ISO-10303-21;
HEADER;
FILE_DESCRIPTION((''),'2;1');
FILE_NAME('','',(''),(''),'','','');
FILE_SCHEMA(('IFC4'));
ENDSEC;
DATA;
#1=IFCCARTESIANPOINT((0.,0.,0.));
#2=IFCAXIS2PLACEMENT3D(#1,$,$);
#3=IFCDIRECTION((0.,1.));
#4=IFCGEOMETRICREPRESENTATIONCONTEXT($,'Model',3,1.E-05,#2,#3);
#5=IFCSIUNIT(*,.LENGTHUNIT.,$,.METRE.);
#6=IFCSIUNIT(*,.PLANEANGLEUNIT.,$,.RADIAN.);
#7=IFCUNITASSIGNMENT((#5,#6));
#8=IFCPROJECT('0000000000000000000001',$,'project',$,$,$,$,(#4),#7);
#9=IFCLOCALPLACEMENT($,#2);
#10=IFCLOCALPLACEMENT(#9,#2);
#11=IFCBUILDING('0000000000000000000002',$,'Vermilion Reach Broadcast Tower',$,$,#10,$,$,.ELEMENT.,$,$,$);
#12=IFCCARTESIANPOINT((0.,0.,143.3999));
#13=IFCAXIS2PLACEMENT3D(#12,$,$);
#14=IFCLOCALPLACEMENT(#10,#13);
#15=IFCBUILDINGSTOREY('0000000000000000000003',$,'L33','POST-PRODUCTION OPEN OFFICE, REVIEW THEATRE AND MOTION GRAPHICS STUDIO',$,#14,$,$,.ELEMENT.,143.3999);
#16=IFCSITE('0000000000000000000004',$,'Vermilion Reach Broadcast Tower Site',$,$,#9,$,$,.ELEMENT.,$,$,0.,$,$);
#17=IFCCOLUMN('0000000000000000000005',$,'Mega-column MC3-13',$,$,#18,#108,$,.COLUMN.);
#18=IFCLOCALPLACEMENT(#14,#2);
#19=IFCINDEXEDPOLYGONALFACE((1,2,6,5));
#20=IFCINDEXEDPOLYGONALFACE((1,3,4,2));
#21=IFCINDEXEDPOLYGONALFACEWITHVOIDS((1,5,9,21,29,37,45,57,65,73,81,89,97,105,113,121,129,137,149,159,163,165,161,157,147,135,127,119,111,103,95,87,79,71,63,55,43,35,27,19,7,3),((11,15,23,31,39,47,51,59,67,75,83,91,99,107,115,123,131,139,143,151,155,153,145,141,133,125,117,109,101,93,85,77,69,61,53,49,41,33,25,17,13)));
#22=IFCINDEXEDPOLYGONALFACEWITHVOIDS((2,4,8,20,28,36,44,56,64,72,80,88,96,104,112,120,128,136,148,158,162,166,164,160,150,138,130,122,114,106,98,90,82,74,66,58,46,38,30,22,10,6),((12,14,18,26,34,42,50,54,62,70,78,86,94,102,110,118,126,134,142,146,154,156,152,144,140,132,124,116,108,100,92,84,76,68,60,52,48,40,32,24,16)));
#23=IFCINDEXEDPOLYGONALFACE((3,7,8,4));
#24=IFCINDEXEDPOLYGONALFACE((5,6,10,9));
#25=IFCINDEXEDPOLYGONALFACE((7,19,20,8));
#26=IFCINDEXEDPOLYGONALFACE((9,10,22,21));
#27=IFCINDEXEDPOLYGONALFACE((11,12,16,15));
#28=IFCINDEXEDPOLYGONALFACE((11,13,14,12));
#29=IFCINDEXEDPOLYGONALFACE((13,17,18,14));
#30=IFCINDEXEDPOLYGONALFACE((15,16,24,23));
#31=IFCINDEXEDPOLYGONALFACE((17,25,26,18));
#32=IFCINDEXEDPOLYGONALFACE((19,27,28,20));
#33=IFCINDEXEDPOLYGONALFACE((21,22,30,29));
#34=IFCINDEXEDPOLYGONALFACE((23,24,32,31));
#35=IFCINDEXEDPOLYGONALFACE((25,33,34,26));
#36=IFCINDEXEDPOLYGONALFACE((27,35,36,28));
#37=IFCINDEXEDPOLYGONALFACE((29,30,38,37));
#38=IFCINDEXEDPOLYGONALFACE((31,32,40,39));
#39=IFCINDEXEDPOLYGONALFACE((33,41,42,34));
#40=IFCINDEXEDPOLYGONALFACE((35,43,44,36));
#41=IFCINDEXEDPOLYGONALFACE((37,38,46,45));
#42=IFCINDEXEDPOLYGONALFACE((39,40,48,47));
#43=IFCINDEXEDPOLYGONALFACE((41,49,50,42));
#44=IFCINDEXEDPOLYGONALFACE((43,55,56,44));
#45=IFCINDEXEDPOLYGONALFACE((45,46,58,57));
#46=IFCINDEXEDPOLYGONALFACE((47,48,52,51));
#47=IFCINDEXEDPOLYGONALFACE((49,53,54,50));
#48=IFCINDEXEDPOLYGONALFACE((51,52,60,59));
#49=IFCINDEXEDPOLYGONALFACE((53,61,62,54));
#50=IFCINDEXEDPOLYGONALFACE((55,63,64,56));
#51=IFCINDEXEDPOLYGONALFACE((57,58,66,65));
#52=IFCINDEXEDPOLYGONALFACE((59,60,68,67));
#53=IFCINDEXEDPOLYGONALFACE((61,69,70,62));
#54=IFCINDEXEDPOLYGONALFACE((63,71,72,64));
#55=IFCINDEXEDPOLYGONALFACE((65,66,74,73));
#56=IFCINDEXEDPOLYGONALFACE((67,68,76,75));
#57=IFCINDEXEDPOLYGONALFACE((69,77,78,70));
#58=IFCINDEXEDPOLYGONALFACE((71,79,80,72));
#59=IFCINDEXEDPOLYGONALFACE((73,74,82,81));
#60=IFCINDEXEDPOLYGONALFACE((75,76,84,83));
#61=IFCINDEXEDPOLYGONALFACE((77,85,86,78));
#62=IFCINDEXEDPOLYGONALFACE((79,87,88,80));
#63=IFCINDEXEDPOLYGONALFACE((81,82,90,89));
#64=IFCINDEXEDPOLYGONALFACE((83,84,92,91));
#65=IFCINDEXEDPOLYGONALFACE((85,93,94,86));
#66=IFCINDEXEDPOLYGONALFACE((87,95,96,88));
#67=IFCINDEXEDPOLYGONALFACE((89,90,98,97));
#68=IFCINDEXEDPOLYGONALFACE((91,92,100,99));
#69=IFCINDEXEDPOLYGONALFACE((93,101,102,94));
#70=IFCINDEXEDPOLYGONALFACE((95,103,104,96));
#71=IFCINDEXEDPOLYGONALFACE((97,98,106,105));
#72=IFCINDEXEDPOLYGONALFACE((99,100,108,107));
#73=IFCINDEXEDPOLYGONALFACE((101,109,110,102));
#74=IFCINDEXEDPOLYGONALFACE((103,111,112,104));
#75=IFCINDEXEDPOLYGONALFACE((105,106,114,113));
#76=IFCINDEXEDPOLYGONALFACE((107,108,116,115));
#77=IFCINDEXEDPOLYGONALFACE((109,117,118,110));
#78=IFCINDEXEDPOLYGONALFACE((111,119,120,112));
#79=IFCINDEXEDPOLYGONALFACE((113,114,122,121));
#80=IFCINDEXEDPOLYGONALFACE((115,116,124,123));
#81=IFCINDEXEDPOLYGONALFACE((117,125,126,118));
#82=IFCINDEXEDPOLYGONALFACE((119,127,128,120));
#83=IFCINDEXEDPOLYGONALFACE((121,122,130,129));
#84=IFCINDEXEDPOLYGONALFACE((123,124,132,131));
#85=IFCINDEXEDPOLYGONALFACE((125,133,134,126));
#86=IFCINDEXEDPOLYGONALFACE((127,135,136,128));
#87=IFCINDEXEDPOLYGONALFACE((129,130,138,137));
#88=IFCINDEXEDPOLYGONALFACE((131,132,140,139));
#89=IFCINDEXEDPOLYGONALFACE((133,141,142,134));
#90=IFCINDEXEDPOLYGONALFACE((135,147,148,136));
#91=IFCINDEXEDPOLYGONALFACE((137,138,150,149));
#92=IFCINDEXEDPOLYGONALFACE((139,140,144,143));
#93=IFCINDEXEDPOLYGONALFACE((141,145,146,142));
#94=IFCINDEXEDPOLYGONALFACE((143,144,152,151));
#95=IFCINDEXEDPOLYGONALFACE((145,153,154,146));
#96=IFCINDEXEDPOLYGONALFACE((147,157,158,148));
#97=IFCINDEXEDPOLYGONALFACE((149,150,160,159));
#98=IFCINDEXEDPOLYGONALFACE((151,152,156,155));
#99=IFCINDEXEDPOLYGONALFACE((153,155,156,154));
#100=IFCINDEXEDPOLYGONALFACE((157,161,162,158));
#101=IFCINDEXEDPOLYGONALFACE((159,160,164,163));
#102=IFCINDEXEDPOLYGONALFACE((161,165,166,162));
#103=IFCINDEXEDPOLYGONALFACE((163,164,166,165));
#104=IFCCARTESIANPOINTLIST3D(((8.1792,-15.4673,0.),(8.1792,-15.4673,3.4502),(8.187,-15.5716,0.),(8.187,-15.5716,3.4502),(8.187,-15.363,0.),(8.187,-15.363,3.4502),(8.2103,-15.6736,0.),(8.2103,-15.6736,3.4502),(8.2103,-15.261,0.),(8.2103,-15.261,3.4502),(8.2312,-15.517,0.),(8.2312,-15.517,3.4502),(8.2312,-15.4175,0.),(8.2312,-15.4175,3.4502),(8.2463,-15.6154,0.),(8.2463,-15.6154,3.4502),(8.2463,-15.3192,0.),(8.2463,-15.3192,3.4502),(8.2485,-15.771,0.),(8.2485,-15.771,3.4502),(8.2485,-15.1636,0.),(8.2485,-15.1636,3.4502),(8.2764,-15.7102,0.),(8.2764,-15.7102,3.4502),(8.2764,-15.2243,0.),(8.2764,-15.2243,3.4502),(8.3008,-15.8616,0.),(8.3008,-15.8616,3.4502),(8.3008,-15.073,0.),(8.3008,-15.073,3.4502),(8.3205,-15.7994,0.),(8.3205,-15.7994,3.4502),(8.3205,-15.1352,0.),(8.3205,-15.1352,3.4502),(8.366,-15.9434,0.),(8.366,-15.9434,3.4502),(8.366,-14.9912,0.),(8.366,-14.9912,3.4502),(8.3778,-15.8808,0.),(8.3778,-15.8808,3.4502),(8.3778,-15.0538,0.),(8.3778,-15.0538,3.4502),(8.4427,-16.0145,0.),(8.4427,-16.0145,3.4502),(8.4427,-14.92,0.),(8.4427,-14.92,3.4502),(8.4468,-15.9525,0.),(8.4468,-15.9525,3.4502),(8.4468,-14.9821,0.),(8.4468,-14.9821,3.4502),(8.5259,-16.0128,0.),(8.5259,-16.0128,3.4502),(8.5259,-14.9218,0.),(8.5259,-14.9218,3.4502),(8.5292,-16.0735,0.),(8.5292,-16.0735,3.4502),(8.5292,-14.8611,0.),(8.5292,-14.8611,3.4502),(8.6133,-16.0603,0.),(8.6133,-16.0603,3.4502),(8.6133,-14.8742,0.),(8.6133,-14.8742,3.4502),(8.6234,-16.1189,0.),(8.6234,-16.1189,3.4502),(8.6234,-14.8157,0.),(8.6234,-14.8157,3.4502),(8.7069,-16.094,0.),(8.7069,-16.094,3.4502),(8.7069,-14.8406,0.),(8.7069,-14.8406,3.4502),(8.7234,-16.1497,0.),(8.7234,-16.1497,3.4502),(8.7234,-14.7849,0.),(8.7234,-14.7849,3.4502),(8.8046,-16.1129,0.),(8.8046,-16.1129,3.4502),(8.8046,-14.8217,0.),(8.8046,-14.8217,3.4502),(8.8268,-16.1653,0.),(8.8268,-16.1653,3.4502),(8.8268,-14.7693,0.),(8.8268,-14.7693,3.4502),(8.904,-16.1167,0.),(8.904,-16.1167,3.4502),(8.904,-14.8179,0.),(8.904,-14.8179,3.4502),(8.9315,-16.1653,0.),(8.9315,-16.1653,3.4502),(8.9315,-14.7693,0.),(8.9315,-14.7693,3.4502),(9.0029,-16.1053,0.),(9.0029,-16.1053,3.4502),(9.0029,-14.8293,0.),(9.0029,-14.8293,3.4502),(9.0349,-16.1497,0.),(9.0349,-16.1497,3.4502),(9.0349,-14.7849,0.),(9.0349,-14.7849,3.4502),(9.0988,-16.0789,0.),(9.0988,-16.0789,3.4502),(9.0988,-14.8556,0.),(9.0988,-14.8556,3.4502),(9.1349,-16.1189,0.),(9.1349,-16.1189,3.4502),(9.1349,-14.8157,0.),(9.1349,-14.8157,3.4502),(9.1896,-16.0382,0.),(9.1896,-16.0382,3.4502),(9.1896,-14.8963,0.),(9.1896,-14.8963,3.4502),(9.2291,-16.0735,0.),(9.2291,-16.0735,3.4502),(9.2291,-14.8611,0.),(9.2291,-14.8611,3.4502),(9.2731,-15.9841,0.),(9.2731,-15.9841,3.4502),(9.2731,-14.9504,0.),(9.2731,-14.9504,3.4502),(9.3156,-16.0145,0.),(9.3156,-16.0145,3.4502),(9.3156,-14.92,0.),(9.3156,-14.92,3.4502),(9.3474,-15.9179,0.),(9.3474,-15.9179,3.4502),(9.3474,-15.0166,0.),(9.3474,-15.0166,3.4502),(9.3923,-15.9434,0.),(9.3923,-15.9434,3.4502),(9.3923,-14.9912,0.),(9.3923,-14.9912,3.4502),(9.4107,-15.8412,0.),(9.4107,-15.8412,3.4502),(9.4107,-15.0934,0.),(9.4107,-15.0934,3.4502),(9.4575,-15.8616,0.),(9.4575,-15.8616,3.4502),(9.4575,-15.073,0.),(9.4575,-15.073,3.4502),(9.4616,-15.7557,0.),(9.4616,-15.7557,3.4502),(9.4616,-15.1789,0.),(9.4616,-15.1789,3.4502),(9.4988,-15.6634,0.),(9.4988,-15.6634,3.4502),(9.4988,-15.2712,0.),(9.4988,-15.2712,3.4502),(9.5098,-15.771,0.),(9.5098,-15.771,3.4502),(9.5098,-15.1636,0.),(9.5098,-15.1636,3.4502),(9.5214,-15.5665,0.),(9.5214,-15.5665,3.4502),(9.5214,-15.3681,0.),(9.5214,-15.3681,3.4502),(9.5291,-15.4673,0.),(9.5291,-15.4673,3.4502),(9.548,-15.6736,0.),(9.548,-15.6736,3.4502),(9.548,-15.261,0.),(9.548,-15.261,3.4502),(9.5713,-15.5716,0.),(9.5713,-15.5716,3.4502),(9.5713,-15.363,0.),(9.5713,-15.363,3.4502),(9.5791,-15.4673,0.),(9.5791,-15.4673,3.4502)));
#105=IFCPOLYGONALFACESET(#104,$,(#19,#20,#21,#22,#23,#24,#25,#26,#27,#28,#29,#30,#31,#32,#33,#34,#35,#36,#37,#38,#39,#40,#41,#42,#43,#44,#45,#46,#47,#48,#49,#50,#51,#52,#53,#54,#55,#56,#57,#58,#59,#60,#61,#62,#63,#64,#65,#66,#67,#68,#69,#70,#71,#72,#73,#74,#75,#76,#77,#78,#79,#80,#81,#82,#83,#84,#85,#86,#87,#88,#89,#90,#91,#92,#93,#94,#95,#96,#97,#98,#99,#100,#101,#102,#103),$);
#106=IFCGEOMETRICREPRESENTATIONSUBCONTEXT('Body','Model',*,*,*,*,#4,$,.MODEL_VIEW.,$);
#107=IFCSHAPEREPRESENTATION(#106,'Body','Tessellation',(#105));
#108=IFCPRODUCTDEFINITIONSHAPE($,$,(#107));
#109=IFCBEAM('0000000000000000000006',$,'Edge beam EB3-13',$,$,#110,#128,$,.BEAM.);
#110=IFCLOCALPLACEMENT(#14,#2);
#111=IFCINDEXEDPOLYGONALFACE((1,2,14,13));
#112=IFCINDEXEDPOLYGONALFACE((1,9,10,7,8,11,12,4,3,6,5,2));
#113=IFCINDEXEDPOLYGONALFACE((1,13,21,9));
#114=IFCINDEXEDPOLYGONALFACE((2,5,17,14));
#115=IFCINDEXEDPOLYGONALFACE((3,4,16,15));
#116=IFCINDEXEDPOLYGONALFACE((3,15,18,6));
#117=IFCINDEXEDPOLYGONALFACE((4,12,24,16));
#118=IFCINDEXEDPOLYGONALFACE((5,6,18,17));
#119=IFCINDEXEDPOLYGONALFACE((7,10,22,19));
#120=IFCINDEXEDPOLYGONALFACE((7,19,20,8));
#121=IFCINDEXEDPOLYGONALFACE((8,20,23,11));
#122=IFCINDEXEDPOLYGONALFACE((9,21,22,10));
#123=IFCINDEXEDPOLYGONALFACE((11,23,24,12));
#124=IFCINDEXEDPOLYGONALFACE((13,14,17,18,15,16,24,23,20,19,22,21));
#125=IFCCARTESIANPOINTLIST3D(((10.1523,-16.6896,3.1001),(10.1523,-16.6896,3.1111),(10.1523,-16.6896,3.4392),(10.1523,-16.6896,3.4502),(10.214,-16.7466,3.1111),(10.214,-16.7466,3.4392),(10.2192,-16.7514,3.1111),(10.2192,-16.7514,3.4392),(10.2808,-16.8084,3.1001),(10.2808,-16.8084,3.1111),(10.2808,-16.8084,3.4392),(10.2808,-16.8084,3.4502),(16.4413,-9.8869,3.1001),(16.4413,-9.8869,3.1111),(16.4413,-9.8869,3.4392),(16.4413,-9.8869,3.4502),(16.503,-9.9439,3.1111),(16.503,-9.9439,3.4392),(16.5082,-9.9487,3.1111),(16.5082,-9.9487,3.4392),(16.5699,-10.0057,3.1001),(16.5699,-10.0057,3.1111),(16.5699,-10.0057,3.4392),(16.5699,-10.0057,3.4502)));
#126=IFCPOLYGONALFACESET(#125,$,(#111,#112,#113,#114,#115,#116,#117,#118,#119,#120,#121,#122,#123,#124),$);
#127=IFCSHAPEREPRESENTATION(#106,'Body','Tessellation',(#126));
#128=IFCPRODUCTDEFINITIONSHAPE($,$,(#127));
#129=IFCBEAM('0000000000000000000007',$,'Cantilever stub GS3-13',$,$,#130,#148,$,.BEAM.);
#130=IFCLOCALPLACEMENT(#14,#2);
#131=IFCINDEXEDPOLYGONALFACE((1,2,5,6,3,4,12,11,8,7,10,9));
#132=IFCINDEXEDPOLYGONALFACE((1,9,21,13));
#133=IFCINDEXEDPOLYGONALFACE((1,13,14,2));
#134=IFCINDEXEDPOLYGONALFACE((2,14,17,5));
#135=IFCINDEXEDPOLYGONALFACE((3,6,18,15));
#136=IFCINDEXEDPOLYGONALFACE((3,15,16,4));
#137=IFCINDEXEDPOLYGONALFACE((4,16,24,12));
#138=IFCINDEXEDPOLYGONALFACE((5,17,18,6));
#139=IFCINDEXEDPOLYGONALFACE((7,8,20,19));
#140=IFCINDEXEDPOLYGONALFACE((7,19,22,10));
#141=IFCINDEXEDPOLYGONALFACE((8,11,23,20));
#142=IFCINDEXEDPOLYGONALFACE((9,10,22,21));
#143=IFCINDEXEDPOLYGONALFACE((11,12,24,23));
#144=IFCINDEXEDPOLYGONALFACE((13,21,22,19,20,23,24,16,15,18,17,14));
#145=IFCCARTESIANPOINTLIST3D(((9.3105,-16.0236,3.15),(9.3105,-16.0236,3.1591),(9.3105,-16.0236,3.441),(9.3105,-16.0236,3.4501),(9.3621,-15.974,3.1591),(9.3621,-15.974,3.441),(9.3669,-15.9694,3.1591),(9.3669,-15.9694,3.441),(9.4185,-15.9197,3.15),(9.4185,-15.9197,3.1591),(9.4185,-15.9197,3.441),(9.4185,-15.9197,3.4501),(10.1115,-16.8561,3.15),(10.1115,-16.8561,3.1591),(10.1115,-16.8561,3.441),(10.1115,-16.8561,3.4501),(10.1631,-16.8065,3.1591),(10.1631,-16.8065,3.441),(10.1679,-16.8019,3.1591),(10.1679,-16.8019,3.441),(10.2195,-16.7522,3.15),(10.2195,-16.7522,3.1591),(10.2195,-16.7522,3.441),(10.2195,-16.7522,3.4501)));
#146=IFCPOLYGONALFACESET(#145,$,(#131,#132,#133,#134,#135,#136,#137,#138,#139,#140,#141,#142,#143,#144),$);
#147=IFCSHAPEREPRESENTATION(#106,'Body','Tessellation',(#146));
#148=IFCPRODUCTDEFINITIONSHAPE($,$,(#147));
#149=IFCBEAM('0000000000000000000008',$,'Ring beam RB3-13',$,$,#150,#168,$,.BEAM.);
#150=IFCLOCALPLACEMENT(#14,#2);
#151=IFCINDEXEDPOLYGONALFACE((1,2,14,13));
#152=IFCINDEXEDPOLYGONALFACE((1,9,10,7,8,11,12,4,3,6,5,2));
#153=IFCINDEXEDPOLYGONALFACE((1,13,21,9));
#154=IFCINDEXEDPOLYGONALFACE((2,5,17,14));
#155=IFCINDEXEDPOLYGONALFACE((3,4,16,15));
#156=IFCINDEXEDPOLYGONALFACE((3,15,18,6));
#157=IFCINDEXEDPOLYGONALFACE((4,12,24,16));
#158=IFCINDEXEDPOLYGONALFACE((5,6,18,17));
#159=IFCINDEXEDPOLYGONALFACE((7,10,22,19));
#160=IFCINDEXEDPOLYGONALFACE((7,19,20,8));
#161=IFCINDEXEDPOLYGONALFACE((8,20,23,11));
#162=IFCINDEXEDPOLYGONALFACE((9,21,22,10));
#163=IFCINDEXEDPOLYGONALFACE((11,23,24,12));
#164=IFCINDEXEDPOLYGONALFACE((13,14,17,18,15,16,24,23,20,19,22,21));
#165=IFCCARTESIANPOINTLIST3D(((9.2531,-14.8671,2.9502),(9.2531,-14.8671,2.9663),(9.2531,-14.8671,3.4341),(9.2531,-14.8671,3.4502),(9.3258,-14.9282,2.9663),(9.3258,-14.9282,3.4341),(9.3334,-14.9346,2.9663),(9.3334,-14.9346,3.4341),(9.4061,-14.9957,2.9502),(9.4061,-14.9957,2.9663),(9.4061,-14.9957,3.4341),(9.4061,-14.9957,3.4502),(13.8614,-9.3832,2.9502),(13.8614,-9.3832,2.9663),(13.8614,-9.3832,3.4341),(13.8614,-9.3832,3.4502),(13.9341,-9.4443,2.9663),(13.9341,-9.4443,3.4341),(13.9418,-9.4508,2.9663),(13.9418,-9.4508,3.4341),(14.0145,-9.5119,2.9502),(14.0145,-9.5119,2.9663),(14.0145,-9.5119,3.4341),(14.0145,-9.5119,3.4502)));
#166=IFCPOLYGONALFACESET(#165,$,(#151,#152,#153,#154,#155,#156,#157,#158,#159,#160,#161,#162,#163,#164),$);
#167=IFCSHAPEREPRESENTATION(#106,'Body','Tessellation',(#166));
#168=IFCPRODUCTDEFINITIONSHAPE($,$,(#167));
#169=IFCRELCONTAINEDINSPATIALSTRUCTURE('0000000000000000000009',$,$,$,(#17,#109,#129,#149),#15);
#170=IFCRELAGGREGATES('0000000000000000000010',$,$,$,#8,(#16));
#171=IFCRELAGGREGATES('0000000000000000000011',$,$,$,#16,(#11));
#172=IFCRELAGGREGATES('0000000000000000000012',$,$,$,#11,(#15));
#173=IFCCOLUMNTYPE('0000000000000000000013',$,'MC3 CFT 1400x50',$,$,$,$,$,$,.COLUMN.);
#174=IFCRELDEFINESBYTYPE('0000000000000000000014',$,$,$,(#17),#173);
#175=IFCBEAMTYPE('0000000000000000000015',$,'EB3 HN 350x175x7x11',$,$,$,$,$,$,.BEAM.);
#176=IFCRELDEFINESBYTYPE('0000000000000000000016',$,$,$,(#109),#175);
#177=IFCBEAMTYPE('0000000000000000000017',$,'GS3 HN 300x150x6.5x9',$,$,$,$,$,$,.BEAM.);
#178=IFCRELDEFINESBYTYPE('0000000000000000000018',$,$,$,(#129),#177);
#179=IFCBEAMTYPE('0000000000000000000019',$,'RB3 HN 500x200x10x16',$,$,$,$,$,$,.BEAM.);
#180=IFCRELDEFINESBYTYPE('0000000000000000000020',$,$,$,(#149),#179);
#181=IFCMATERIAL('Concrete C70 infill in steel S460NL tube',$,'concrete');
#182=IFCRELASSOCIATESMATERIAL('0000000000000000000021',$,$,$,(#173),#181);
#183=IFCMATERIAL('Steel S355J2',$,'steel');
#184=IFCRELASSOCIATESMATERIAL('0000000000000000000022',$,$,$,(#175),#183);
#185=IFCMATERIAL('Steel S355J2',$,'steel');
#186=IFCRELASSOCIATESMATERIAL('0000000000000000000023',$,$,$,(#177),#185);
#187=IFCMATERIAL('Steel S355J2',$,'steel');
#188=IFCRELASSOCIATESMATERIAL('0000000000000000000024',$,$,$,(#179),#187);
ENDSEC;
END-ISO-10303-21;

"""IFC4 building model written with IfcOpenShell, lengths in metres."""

from ifc_helpers import new_model, si_unit, direction, frame, origin, origin_2d, place, context, subcontext, project, spatial, hollow_circle, i_section, extrude, material, material_profile, profile_set, type_object, element, save


model = new_model("IFC4")

# Units and contexts
model_context = context("Model", 3, precision=1e-05, world=origin(), true_north=direction((0.0, 1.0)))
body_context = subcontext(model_context, "Body", "Model", "MODEL_VIEW")
ifc_project = project(units=[si_unit("LENGTHUNIT", "METRE"), si_unit("PLANEANGLEUNIT", "RADIAN")], contexts=[model_context])

# Site, building, storey
site_placement = place(None, origin())
site = spatial("IfcSite", under=ifc_project, at=site_placement, Name="Vermilion Reach Broadcast Tower Site", CompositionType="ELEMENT", RefElevation=0.0)
building_placement = place(site_placement, origin())
building = spatial("IfcBuilding", under=site, at=building_placement, Name="Vermilion Reach Broadcast Tower", CompositionType="ELEMENT")
storey_placement = place(building_placement, frame((0.0, 0.0, 143.3999)))
storey = spatial("IfcBuildingStorey", under=building, at=storey_placement, Name="L33", Description="POST-PRODUCTION OPEN OFFICE, REVIEW THEATRE AND MOTION GRAPHICS STUDIO", CompositionType="ELEMENT", Elevation=143.3999)

# Column
ifc_material_1 = material(Name="Concrete C70 infill in steel S460NL tube", Category="concrete")
ifc_material_profile_1 = material_profile(ifc_material_1, hollow_circle(Radius=0.7, WallThickness=0.05, at=origin_2d()), Name="Concrete C70 infill in steel S460NL tube CFT 1400x50")
ifc_profile_set_1 = profile_set([ifc_material_profile_1], Name="Concrete C70 infill in steel S460NL tube")
column_type = type_object("IfcColumnType", Name="MC3 CFT 1400x50", PredefinedType="COLUMN", material=ifc_profile_set_1)
column_placement = place(storey_placement, frame((8.8792, -15.4673, 0.0), z_axis=(0.0, 0.0, 1.0), x_axis=(1.0, 0.0, 0.0)))
element("IfcColumn", 1, at=column_placement, inside=storey, type_object=column_type, Name="Mega-column MC3-13", PredefinedType="COLUMN", context=body_context, shape_type="SweptSolid", body=[
    extrude(hollow_circle(Radius=0.7, WallThickness=0.05, at=origin_2d()), origin(), (0.0, 0.0, 1.0), 3.4502),
])

# Beams
ifc_material_2 = material(Name="Steel S355J2", Category="steel")
ifc_material_profile_2 = material_profile(ifc_material_2, i_section(OverallWidth=0.175, OverallDepth=0.3501, WebThickness=0.0071, FlangeThickness=0.011, at=origin_2d()), Name="S355J2 HN 350x175x7x11")
ifc_profile_set_2 = profile_set([ifc_material_profile_2], Name="Steel S355J2")
beam_type_1 = type_object("IfcBeamType", Name="EB3 HN 350x175x7x11", PredefinedType="BEAM", material=ifc_profile_set_2)
beam_1_placement = place(storey_placement, frame((10.2166, -16.749, 3.2751), z_axis=(0.67884, 0.734286, 0.0), x_axis=(-0.734286, 0.67884, 0.0)))
element("IfcBeam", 2, at=beam_1_placement, inside=storey, type_object=beam_type_1, Name="Edge beam EB3-13", PredefinedType="BEAM", context=body_context, shape_type="SweptSolid", body=[
    extrude(i_section(OverallWidth=0.175, OverallDepth=0.3501, WebThickness=0.0071, FlangeThickness=0.011, at=origin_2d()), origin(), (0.0, 0.0, 1.0), 9.2644),
])
ifc_material_3 = material(Name="Steel S355J2", Category="steel")
ifc_material_profile_3 = material_profile(ifc_material_3, i_section(OverallWidth=0.1499, OverallDepth=0.3, WebThickness=0.0066, FlangeThickness=0.009, at=origin_2d()), Name="S355J2 HN 300x150x6.5x9")
ifc_profile_set_3 = profile_set([ifc_material_profile_3], Name="Steel S355J2")
beam_type_2 = type_object("IfcBeamType", Name="GS3 HN 300x150x6.5x9", PredefinedType="BEAM", material=ifc_profile_set_3)
beam_2_placement = place(storey_placement, frame((9.3645, -15.9717, 3.3), z_axis=(0.693345, -0.720606, 0.0), x_axis=(0.720606, 0.693345, 0.0)))
element("IfcBeam", 3, at=beam_2_placement, inside=storey, type_object=beam_type_2, Name="Cantilever stub GS3-13", PredefinedType="BEAM", context=body_context, shape_type="SweptSolid", body=[
    extrude(i_section(OverallWidth=0.1499, OverallDepth=0.3, WebThickness=0.0066, FlangeThickness=0.009, at=origin_2d()), origin(), (0.0, 0.0, 1.0), 1.1553),
])
ifc_material_4 = material(Name="Steel S355J2", Category="steel")
ifc_material_profile_4 = material_profile(ifc_material_4, i_section(OverallWidth=0.2, OverallDepth=0.5, WebThickness=0.01, FlangeThickness=0.0161, at=origin_2d()), Name="S355J2 HN 500x200x10x16")
ifc_profile_set_4 = profile_set([ifc_material_profile_4], Name="Steel S355J2")
beam_type_3 = type_object("IfcBeamType", Name="RB3 HN 500x200x10x16", PredefinedType="BEAM", material=ifc_profile_set_4)
beam_3_placement = place(storey_placement, frame((9.3296, -14.9314, 3.2002), z_axis=(0.64335, 0.765572, 0.0), x_axis=(-0.765572, 0.64335, 0.0)))
element("IfcBeam", 4, at=beam_3_placement, inside=storey, type_object=beam_type_3, Name="Ring beam RB3-13", PredefinedType="BEAM", context=body_context, shape_type="SweptSolid", body=[
    extrude(i_section(OverallWidth=0.2, OverallDepth=0.5, WebThickness=0.01, FlangeThickness=0.0161, at=origin_2d()), origin(), (0.0, 0.0, 1.0), 7.1631),
])

save(model, "model.ifc")
